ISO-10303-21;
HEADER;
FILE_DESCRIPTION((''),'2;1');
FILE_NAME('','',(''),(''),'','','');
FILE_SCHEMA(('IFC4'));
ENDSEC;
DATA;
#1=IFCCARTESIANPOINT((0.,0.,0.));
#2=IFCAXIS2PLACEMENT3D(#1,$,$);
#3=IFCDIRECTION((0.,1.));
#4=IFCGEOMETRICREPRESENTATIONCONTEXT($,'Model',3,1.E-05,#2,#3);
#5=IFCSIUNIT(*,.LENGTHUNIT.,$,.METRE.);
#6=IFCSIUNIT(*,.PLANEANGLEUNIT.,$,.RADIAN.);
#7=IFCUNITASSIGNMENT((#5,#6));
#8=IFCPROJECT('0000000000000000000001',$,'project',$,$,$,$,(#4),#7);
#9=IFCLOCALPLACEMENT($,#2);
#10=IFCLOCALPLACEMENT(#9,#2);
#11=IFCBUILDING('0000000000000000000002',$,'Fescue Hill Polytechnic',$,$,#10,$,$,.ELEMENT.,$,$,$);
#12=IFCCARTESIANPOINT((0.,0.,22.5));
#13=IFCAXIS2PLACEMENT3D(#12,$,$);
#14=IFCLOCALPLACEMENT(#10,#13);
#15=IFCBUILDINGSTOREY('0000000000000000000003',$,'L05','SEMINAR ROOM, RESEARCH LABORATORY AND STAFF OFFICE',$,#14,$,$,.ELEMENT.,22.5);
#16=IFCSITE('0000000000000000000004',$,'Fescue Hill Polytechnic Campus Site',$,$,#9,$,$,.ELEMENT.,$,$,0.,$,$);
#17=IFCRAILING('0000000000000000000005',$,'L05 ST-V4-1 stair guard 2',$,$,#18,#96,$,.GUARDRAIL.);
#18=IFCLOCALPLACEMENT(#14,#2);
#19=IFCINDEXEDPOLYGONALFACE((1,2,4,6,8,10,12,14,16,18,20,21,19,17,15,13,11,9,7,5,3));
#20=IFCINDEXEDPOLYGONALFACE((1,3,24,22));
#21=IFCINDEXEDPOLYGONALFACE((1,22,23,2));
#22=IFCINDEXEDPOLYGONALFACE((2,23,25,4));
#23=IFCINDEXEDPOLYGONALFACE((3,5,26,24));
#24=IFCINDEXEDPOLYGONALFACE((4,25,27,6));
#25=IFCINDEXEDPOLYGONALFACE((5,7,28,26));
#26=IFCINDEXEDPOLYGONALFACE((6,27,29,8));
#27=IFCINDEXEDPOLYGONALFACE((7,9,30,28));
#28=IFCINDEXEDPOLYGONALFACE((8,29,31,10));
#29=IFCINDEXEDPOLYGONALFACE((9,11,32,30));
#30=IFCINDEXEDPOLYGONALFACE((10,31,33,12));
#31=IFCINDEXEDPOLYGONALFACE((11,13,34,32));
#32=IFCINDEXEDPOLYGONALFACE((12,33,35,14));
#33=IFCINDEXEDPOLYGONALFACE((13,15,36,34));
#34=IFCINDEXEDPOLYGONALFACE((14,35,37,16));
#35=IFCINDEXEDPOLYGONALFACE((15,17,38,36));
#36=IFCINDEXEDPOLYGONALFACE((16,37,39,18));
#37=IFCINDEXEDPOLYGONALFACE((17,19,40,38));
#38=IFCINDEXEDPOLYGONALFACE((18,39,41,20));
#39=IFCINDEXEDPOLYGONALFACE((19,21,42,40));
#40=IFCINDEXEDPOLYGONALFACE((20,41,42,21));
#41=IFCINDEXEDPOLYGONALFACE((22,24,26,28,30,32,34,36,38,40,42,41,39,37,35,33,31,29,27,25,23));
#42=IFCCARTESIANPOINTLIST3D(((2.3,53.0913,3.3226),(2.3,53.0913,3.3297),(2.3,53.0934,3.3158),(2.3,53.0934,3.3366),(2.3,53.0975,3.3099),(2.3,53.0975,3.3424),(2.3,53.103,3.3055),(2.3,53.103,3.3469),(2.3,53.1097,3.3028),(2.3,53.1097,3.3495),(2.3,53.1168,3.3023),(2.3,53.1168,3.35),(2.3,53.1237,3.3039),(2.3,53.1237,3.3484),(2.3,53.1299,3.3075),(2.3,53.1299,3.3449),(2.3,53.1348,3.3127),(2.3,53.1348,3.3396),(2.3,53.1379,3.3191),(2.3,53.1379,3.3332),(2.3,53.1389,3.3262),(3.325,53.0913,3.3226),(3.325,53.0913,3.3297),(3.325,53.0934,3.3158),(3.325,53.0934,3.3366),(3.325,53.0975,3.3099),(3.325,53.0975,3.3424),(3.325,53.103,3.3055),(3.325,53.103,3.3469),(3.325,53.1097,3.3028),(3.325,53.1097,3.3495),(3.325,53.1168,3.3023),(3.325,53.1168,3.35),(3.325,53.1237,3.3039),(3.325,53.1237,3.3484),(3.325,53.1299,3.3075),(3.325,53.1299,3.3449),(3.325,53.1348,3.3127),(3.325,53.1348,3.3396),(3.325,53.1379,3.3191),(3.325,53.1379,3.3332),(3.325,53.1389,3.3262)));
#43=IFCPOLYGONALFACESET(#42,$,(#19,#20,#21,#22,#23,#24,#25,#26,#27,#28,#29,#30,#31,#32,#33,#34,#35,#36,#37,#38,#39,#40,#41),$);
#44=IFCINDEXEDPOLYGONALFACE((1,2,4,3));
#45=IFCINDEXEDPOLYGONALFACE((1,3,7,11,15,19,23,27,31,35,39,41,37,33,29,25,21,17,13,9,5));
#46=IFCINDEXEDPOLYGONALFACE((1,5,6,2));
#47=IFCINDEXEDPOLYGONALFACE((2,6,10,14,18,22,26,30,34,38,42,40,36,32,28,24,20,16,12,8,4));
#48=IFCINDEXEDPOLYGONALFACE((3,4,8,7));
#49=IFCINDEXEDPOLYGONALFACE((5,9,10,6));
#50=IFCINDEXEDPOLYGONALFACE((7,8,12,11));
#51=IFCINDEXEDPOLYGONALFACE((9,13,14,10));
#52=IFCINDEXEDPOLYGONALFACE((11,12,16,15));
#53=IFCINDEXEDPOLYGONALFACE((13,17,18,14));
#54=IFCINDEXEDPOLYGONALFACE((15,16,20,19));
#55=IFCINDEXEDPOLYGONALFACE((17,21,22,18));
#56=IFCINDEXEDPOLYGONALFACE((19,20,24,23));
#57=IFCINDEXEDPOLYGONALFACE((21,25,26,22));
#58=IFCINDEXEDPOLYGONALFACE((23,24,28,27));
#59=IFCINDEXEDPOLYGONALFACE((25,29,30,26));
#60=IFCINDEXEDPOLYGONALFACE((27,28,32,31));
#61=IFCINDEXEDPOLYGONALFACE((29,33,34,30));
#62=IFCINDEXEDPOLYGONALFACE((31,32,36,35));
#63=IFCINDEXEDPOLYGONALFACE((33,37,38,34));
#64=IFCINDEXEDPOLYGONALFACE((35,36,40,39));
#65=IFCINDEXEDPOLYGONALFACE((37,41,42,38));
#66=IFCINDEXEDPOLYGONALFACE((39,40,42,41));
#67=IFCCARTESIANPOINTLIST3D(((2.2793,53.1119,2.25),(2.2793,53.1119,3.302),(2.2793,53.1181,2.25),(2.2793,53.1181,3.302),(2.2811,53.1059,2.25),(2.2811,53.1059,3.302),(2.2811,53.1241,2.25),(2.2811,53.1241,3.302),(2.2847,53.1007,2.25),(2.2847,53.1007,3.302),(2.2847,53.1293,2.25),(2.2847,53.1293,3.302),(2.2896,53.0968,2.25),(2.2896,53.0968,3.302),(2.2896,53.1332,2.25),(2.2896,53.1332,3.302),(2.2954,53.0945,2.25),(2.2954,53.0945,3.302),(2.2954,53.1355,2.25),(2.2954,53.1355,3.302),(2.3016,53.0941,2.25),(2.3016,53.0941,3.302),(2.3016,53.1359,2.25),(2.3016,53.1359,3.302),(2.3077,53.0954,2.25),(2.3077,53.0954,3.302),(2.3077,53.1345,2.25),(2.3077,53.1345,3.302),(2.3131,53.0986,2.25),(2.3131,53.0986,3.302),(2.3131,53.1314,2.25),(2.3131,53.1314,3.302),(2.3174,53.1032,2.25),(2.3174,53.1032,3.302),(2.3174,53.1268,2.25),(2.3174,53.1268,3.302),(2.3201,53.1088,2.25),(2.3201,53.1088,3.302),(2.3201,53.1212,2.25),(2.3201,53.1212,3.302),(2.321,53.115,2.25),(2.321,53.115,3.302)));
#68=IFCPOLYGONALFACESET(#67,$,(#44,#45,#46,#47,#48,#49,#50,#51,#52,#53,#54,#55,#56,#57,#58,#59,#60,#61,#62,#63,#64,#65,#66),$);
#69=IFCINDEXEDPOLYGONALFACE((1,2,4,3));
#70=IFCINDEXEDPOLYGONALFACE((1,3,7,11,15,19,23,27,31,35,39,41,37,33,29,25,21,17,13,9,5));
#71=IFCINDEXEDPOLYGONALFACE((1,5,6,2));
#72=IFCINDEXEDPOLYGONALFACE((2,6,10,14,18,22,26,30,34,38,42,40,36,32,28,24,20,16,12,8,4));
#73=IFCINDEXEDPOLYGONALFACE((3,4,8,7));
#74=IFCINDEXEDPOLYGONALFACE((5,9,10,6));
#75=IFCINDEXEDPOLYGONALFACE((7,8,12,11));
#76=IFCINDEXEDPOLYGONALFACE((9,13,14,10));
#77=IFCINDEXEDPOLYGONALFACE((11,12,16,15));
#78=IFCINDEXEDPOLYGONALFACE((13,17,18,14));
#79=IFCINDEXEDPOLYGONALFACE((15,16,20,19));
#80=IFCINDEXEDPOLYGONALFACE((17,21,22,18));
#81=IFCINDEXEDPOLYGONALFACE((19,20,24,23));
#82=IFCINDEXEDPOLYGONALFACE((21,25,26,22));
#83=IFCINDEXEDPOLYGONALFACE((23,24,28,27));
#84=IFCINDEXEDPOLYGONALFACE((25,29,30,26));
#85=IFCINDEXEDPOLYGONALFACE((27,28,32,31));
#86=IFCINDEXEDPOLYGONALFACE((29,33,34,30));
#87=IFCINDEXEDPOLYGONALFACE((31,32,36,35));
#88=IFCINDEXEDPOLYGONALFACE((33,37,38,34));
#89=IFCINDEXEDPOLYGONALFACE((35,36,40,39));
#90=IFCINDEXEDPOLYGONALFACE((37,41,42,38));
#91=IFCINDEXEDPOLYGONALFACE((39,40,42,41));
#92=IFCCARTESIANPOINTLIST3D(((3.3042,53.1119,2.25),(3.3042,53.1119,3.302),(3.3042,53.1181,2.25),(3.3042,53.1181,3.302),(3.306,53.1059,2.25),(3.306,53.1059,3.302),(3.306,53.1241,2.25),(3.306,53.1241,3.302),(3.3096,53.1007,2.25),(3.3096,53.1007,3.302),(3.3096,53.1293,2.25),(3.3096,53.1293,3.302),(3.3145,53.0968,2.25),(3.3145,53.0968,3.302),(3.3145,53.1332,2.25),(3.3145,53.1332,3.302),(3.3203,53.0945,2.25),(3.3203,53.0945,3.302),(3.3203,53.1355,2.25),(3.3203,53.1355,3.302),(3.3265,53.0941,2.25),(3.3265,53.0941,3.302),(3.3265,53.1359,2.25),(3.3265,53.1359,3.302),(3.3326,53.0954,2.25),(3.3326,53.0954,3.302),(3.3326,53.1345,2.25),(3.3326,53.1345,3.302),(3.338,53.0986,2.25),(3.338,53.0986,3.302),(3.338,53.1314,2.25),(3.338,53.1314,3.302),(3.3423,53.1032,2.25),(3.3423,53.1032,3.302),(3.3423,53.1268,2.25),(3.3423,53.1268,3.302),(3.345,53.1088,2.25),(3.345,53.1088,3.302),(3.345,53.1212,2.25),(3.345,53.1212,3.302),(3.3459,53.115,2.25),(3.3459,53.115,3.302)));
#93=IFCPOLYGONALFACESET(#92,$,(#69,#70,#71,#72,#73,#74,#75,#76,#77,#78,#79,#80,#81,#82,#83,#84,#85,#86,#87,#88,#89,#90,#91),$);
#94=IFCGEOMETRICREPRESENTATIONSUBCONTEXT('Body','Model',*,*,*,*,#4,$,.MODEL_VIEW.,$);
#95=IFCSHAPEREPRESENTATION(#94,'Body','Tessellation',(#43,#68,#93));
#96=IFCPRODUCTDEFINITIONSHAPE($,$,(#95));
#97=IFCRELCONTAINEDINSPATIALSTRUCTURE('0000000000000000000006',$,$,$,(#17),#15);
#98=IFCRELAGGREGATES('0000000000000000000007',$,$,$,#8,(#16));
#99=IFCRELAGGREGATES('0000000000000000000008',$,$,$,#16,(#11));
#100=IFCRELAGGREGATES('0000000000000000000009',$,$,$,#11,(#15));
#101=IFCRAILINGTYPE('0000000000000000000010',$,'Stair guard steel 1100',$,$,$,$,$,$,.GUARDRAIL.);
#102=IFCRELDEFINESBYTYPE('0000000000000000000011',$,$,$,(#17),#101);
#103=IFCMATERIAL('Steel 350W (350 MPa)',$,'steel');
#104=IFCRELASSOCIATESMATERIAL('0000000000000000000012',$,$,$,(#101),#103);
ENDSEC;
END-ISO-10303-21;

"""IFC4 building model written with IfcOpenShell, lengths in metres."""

from ifc_helpers import new_model, si_unit, direction, frame, origin, origin_2d, place, context, subcontext, project, spatial, circle, extrude, material, type_object, element, save


model = new_model("IFC4")

# Units and contexts
model_context = context("Model", 3, precision=1e-05, world=origin(), true_north=direction((0.0, 1.0)))
body_context = subcontext(model_context, "Body", "Model", "MODEL_VIEW")
ifc_project = project(units=[si_unit("LENGTHUNIT", "METRE"), si_unit("PLANEANGLEUNIT", "RADIAN")], contexts=[model_context])

# Site, building, storey
site_placement = place(None, origin())
site = spatial("IfcSite", under=ifc_project, at=site_placement, Name="Fescue Hill Polytechnic Campus Site", CompositionType="ELEMENT", RefElevation=0.0)
building_placement = place(site_placement, origin())
building = spatial("IfcBuilding", under=site, at=building_placement, Name="Fescue Hill Polytechnic", CompositionType="ELEMENT")
storey_placement = place(building_placement, frame((0.0, 0.0, 22.5)))
storey = spatial("IfcBuildingStorey", under=building, at=storey_placement, Name="L05", Description="SEMINAR ROOM, RESEARCH LABORATORY AND STAFF OFFICE", CompositionType="ELEMENT", Elevation=22.5)

# Railing
ifc_material_1 = material(Name="Steel 350W (350 MPa)", Category="steel")
railing_type_1 = type_object("IfcRailingType", Name="Stair guard steel 1100", PredefinedType="GUARDRAIL", material=ifc_material_1)
railing_1_placement = place(storey_placement, frame((2.3, 53.115, 2.25)))
element("IfcRailing", 1, at=railing_1_placement, inside=storey, type_object=railing_type_1, Name="L05 ST-V4-1 stair guard 2", PredefinedType="GUARDRAIL", context=body_context, shape_type="SweptSolid", body=[
    extrude(circle(Radius=0.0239, at=origin_2d()), frame((0.0, 0.0, 1.0762), z_axis=(1.0, 0.0, 0.0), x_axis=(0.0, 1.0, 0.0)), (0.0, 0.0, 1.0), 1.0249),
    extrude(circle(Radius=0.021, at=origin_2d()), origin(), (0.0, 0.0, 1.0), 1.052),
    extrude(circle(Radius=0.021, at=origin_2d()), frame((1.0249, 0.0, 0.0)), (0.0, 0.0, 1.0), 1.052),
])

save(model, "model.ifc")
